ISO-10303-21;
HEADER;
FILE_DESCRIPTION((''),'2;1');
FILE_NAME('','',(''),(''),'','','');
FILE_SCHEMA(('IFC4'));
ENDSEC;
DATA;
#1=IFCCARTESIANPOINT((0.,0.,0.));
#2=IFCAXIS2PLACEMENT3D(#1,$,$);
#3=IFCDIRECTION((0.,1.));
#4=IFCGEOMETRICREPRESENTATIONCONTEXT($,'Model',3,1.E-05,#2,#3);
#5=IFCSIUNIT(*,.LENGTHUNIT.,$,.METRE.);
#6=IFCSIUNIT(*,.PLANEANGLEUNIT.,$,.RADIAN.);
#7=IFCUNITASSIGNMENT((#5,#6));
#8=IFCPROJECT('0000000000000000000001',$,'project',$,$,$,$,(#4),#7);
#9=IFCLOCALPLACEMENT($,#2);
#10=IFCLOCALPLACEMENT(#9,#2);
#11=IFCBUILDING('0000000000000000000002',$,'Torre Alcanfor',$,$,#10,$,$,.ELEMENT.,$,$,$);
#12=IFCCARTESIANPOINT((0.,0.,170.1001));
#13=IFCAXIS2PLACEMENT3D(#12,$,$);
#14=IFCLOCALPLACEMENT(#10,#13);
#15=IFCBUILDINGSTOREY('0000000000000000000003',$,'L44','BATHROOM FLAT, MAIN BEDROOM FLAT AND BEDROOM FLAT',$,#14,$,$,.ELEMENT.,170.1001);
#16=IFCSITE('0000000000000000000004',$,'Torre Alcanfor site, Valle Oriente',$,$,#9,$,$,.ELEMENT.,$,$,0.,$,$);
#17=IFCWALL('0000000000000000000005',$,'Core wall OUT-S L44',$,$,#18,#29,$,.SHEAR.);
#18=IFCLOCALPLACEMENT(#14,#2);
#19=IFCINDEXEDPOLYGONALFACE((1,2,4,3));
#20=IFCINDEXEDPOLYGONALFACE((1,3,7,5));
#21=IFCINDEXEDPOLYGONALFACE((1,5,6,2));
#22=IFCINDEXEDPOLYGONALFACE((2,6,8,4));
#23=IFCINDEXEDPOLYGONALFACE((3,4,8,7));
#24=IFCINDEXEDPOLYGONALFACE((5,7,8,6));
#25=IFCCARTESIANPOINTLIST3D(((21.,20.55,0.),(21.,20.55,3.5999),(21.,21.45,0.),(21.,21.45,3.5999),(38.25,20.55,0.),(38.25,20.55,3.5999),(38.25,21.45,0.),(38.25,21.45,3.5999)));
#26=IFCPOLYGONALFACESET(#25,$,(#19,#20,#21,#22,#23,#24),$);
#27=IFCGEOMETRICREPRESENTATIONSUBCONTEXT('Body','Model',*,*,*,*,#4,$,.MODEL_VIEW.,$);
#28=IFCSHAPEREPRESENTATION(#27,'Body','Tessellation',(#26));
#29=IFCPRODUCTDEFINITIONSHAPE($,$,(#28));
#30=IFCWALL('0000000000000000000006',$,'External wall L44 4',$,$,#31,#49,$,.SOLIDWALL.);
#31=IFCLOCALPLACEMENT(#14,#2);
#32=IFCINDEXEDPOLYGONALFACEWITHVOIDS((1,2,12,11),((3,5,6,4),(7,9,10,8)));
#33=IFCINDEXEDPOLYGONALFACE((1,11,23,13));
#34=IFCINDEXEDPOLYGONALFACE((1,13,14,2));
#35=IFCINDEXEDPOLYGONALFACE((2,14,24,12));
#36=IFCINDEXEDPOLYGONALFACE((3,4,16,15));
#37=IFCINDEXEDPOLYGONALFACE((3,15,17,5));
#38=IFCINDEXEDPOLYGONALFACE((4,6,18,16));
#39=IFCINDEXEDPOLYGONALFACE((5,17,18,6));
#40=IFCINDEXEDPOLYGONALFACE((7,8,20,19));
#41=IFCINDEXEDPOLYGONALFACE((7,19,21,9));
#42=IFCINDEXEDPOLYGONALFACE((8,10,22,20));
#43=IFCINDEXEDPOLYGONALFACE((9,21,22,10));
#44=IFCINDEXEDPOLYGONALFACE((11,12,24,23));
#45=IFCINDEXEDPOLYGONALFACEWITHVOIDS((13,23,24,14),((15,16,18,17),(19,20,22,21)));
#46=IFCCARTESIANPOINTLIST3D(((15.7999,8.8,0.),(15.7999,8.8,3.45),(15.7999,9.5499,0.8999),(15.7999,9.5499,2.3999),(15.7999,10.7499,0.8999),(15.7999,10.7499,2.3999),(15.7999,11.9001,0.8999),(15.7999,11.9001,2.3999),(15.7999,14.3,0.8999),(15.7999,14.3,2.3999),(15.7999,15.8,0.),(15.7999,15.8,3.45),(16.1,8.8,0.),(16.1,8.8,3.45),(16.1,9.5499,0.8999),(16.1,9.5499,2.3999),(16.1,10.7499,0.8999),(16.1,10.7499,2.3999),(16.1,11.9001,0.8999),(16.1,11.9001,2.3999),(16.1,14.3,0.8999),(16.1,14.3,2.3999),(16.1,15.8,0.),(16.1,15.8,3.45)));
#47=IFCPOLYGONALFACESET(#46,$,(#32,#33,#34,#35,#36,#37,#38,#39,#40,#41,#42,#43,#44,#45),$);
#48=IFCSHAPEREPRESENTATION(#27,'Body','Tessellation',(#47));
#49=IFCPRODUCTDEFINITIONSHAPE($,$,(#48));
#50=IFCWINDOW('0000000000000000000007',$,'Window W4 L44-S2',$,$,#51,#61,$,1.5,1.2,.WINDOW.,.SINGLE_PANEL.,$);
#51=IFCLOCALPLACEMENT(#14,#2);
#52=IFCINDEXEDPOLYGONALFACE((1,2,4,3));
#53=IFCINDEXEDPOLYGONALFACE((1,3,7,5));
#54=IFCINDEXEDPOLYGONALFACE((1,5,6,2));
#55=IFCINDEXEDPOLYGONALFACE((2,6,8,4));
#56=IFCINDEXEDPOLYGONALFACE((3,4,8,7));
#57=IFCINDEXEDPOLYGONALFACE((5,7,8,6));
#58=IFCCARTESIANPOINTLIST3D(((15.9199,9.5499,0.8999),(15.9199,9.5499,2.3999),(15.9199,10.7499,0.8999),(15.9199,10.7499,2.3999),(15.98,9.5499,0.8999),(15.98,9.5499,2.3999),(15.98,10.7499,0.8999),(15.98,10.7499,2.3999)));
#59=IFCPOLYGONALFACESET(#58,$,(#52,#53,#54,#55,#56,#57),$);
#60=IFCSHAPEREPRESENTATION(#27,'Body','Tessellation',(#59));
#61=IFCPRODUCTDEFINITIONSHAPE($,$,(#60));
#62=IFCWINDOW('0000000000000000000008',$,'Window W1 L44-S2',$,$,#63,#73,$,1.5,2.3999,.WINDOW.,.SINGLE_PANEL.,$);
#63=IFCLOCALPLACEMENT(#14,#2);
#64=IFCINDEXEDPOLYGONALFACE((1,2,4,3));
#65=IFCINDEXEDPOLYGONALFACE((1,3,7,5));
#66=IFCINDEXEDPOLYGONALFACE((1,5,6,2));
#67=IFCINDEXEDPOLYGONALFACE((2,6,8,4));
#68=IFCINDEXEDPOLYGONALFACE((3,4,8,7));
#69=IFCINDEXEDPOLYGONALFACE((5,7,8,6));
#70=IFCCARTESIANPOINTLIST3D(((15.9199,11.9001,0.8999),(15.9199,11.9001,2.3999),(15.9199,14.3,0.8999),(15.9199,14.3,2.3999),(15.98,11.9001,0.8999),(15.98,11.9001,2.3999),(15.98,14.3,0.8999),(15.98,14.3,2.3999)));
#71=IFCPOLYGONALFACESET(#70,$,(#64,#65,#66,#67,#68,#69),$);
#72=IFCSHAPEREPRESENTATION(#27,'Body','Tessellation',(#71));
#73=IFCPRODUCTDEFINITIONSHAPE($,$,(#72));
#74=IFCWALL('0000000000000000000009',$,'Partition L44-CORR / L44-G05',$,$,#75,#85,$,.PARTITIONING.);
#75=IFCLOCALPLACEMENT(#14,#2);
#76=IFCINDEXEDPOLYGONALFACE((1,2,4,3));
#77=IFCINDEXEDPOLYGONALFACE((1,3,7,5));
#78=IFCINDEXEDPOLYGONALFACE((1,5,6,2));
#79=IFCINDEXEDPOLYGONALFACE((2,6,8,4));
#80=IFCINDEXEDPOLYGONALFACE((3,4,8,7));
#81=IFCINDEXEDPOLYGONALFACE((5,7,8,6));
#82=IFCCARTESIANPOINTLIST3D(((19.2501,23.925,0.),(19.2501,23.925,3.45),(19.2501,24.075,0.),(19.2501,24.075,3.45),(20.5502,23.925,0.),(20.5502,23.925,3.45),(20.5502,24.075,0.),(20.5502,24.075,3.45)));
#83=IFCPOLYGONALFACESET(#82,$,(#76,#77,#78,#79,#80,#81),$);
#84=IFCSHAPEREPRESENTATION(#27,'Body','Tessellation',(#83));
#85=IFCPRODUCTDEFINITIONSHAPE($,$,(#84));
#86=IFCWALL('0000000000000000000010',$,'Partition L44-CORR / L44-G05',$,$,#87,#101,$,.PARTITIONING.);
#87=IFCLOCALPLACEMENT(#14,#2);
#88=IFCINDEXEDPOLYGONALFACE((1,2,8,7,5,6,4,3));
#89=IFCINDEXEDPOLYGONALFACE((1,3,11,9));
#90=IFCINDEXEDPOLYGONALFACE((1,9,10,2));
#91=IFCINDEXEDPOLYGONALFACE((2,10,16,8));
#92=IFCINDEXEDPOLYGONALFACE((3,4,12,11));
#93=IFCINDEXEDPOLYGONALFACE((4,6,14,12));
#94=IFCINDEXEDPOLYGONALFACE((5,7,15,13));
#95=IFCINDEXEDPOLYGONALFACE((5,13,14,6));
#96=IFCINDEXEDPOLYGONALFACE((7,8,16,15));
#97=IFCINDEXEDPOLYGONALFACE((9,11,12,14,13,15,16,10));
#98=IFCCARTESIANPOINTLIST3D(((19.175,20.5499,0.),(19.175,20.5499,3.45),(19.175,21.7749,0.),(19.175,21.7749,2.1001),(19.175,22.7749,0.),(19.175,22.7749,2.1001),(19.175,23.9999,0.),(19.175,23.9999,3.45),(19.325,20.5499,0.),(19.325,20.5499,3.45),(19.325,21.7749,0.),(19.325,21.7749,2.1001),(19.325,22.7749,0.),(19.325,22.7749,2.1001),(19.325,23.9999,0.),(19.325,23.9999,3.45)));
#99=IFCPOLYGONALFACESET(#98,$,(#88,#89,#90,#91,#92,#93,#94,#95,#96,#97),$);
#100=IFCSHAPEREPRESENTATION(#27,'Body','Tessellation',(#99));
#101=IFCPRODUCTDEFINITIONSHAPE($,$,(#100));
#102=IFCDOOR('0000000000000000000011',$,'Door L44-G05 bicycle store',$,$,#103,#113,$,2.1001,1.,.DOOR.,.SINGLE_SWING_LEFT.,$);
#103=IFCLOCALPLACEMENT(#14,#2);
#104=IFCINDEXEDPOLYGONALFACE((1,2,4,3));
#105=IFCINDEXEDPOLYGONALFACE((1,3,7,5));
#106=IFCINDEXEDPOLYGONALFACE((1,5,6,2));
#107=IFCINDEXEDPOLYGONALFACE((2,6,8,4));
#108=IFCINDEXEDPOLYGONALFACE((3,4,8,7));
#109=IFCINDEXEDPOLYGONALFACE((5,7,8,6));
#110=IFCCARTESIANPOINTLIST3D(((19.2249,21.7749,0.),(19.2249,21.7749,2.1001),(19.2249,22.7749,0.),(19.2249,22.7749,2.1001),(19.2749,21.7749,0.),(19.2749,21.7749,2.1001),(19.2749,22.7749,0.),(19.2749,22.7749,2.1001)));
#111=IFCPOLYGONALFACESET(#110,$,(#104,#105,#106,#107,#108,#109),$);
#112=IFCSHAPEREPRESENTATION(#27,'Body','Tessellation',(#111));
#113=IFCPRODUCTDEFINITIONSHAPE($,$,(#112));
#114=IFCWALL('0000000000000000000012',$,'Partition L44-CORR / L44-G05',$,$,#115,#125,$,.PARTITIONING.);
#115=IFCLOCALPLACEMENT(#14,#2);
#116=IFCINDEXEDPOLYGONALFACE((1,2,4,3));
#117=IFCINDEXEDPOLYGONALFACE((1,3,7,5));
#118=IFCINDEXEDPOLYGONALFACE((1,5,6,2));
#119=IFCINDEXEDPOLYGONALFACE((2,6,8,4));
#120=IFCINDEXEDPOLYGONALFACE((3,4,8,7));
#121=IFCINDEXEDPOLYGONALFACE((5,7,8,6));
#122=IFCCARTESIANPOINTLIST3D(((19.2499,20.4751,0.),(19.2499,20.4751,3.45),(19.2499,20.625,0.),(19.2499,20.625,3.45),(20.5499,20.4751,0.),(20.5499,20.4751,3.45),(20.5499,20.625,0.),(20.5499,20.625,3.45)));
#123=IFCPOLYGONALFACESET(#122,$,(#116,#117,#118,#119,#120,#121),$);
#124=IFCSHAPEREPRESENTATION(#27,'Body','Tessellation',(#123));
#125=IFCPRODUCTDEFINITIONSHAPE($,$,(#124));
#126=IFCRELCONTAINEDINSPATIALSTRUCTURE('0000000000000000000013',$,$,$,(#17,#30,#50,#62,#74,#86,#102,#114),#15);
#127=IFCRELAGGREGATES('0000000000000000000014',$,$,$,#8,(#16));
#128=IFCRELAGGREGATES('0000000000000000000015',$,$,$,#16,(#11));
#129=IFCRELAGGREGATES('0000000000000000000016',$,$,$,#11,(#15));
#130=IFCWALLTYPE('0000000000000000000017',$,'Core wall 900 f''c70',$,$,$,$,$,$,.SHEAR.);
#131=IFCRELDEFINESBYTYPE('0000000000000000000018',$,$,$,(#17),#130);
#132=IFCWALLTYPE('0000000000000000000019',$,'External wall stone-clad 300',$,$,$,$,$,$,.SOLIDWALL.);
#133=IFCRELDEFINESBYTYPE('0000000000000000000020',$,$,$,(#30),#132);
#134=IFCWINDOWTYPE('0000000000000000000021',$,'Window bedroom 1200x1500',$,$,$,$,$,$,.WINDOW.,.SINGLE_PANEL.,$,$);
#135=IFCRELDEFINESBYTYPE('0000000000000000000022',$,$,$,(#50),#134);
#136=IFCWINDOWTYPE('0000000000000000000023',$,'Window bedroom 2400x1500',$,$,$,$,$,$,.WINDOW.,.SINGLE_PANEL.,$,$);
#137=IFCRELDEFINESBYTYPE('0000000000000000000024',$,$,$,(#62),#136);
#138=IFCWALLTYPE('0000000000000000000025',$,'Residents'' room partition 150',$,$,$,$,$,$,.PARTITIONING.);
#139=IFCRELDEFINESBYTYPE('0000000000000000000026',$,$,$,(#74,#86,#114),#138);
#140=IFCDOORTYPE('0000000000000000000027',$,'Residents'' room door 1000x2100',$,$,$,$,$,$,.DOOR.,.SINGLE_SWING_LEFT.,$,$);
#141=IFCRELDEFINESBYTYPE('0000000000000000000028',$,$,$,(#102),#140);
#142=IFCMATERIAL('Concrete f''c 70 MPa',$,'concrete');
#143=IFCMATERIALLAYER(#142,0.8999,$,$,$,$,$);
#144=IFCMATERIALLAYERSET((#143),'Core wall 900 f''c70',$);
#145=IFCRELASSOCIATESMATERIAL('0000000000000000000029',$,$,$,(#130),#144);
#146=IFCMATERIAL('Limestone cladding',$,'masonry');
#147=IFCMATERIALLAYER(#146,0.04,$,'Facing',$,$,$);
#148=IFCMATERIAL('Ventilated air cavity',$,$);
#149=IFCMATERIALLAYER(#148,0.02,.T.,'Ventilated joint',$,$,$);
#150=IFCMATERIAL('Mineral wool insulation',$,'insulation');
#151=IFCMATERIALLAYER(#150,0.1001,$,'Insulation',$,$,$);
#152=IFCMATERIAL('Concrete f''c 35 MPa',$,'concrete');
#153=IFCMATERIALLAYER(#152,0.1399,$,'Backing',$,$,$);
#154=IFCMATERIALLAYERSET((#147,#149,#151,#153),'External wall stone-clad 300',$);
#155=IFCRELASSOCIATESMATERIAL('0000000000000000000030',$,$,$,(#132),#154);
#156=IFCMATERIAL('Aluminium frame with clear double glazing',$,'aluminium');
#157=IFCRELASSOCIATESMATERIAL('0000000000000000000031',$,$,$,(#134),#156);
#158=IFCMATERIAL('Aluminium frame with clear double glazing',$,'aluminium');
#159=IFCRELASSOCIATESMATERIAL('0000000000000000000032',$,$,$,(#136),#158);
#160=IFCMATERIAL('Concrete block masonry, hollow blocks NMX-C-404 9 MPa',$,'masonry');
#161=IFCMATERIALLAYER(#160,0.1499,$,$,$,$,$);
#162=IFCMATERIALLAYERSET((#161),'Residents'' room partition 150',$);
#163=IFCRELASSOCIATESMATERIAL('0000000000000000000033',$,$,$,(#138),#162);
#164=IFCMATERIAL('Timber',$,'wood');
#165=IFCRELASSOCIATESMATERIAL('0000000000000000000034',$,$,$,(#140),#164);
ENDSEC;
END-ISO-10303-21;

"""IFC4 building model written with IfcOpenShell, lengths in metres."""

from ifc_helpers import new_model, si_unit, direction, frame, frame_2d, origin, place, context, subcontext, project, spatial, rectangle, extrude, material, layer, layer_set, type_object, element, fill, save


model = new_model("IFC4")

# Units and contexts
model_context = context("Model", 3, precision=1e-05, world=origin(), true_north=direction((0.0, 1.0)))
body_context = subcontext(model_context, "Body", "Model", "MODEL_VIEW")
ifc_project = project(units=[si_unit("LENGTHUNIT", "METRE"), si_unit("PLANEANGLEUNIT", "RADIAN")], contexts=[model_context])

# Site, building, storey
site_placement = place(None, origin())
site = spatial("IfcSite", under=ifc_project, at=site_placement, Name="Torre Alcanfor site, Valle Oriente", CompositionType="ELEMENT", RefElevation=0.0)
building_placement = place(site_placement, origin())
building = spatial("IfcBuilding", under=site, at=building_placement, Name="Torre Alcanfor", CompositionType="ELEMENT")
storey_placement = place(building_placement, frame((0.0, 0.0, 170.1001)))
storey = spatial("IfcBuildingStorey", under=building, at=storey_placement, Name="L44", Description="BATHROOM FLAT, MAIN BEDROOM FLAT AND BEDROOM FLAT", CompositionType="ELEMENT", Elevation=170.1001)

# Wall
ifc_material_1 = material(Name="Concrete f'c 70 MPa", Category="concrete")
ifc_layer_1 = layer(ifc_material_1, 0.8999)
ifc_layer_set_1 = layer_set([ifc_layer_1], Name="Core wall 900 f'c70")
wall_type_1 = type_object("IfcWallType", Name="Core wall 900 f'c70", PredefinedType="SHEAR", material=ifc_layer_set_1)
wall_1_placement = place(storey_placement, frame((21.0, 21.0, 0.0), z_axis=(0.0, 0.0, 1.0), x_axis=(1.0, 0.0, 0.0)))
element("IfcWall", 1, at=wall_1_placement, inside=storey, type_object=wall_type_1, Name="Core wall OUT-S L44", PredefinedType="SHEAR", context=body_context, shape_type="SweptSolid", body=[
    extrude(rectangle(XDim=17.25, YDim=0.8999, at=frame_2d((8.625, 0.0))), origin(), (0.0, 0.0, 1.0), 3.5999),
])

# Wall, openings, windows
ifc_material_2 = material(Name="Limestone cladding", Category="masonry")
ifc_layer_2 = layer(ifc_material_2, 0.04, Name="Facing")
ifc_material_3 = material(Name="Ventilated air cavity")
ifc_layer_3 = layer(ifc_material_3, 0.02, ventilated=True, Name="Ventilated joint")
ifc_material_4 = material(Name="Mineral wool insulation", Category="insulation")
ifc_layer_4 = layer(ifc_material_4, 0.1001, Name="Insulation")
ifc_material_5 = material(Name="Concrete f'c 35 MPa", Category="concrete")
ifc_layer_5 = layer(ifc_material_5, 0.1399, Name="Backing")
ifc_layer_set_2 = layer_set([ifc_layer_2, ifc_layer_3, ifc_layer_4, ifc_layer_5], Name="External wall stone-clad 300")
wall_type_2 = type_object("IfcWallType", Name="External wall stone-clad 300", PredefinedType="SOLIDWALL", material=ifc_layer_set_2)
wall_2_placement = place(storey_placement, frame((15.95, 15.8, 0.0), z_axis=(0.0, 0.0, 1.0), x_axis=(0.0, -1.0, 0.0)))
wall_2 = element("IfcWall", 2, at=wall_2_placement, inside=storey, type_object=wall_type_2, Name="External wall L44 4", PredefinedType="SOLIDWALL", context=body_context, shape_type="SweptSolid", body=[
    extrude(rectangle(XDim=7.0, YDim=0.3, at=frame_2d((3.5, 0.0))), origin(), (0.0, 0.0, 1.0), 3.45),
])
opening_1_placement = place(wall_2_placement, frame((1.5, 0.0, 0.8999)))
opening_1 = element("IfcOpeningElement", 3, at=opening_1_placement, cuts=wall_2, PredefinedType="OPENING", context=body_context, shape_type="SweptSolid", body=[
    extrude(rectangle(XDim=2.3999, YDim=1.5, at=frame_2d((1.2, 0.75))), frame((0.0, 0.1599, 0.0), z_axis=(0.0, -1.0, 0.0), x_axis=(1.0, 0.0, 0.0)), (0.0, 0.0, 1.0), 0.3201),
])
opening_2_placement = place(wall_2_placement, frame((5.05, 0.0, 0.8999)))
opening_2 = element("IfcOpeningElement", 4, at=opening_2_placement, cuts=wall_2, PredefinedType="OPENING", context=body_context, shape_type="SweptSolid", body=[
    extrude(rectangle(XDim=1.2, YDim=1.5, at=frame_2d((0.6001, 0.75))), frame((0.0, 0.1599, 0.0), z_axis=(0.0, -1.0, 0.0), x_axis=(1.0, 0.0, 0.0)), (0.0, 0.0, 1.0), 0.3201),
])
ifc_material_6 = material(Name="Aluminium frame with clear double glazing", Category="aluminium")
window_type_1 = type_object("IfcWindowType", Name="Window bedroom 1200x1500", PartitioningType="SINGLE_PANEL", PredefinedType="WINDOW", material=ifc_material_6)
window_1_placement = place(opening_2_placement, origin())
window_1 = element("IfcWindow", 5, at=window_1_placement, inside=storey, type_object=window_type_1, Name="Window W4 L44-S2", OverallHeight=1.5, OverallWidth=1.2, PartitioningType="SINGLE_PANEL", PredefinedType="WINDOW", context=body_context, shape_type="SweptSolid", body=[
    extrude(rectangle(XDim=1.2, YDim=1.5, at=frame_2d((0.6001, 0.75))), frame((0.0, 0.03, 0.0), z_axis=(0.0, -1.0, 0.0), x_axis=(1.0, 0.0, 0.0)), (0.0, 0.0, 1.0), 0.0601),
])
fill(opening_2, window_1)
ifc_material_7 = material(Name="Aluminium frame with clear double glazing", Category="aluminium")
window_type_2 = type_object("IfcWindowType", Name="Window bedroom 2400x1500", PartitioningType="SINGLE_PANEL", PredefinedType="WINDOW", material=ifc_material_7)
window_2_placement = place(opening_1_placement, origin())
window_2 = element("IfcWindow", 6, at=window_2_placement, inside=storey, type_object=window_type_2, Name="Window W1 L44-S2", OverallHeight=1.5, OverallWidth=2.3999, PartitioningType="SINGLE_PANEL", PredefinedType="WINDOW", context=body_context, shape_type="SweptSolid", body=[
    extrude(rectangle(XDim=2.3999, YDim=1.5, at=frame_2d((1.2, 0.75))), frame((0.0, 0.03, 0.0), z_axis=(0.0, -1.0, 0.0), x_axis=(1.0, 0.0, 0.0)), (0.0, 0.0, 1.0), 0.0601),
])
fill(opening_1, window_2)

# Wall
ifc_material_8 = material(Name="Concrete block masonry, hollow blocks NMX-C-404 9 MPa", Category="masonry")
ifc_layer_6 = layer(ifc_material_8, 0.1499)
ifc_layer_set_3 = layer_set([ifc_layer_6], Name="Residents' room partition 150")
wall_type_3 = type_object("IfcWallType", Name="Residents' room partition 150", PredefinedType="PARTITIONING", material=ifc_layer_set_3)
wall_3_placement = place(storey_placement, frame((20.55, 24.0, 0.0), z_axis=(0.0, 0.0, 1.0), x_axis=(-1.0, 0.0, 0.0)))
element("IfcWall", 7, at=wall_3_placement, inside=storey, type_object=wall_type_3, Name="Partition L44-CORR / L44-G05", PredefinedType="PARTITIONING", context=body_context, shape_type="SweptSolid", body=[
    extrude(rectangle(XDim=1.3, YDim=0.1499, at=frame_2d((0.6499, 0.0))), origin(), (0.0, 0.0, 1.0), 3.45),
])

# Wall, opening, door
wall_4_placement = place(storey_placement, frame((19.25, 24.0, 0.0), z_axis=(0.0, 0.0, 1.0), x_axis=(0.0, -1.0, 0.0)))
wall_4 = element("IfcWall", 8, at=wall_4_placement, inside=storey, type_object=wall_type_3, Name="Partition L44-CORR / L44-G05", PredefinedType="PARTITIONING", context=body_context, shape_type="SweptSolid", body=[
    extrude(rectangle(XDim=3.45, YDim=0.1499, at=frame_2d((1.7251, 0.0))), origin(), (0.0, 0.0, 1.0), 3.45),
])
opening_3_placement = place(wall_4_placement, frame((1.2251, 0.0, 0.0)))
opening_3 = element("IfcOpeningElement", 9, at=opening_3_placement, cuts=wall_4, PredefinedType="OPENING", context=body_context, shape_type="SweptSolid", body=[
    extrude(rectangle(XDim=1.0, YDim=2.1001, at=frame_2d((0.5, 1.05))), frame((0.0, 0.085, 0.0), z_axis=(0.0, -1.0, 0.0), x_axis=(1.0, 0.0, 0.0)), (0.0, 0.0, 1.0), 0.1699),
])
ifc_material_9 = material(Name="Timber", Category="wood")
door_type_1 = type_object("IfcDoorType", Name="Residents' room door 1000x2100", OperationType="SINGLE_SWING_LEFT", PredefinedType="DOOR", material=ifc_material_9)
door_1_placement = place(opening_3_placement, origin())
door_1 = element("IfcDoor", 10, at=door_1_placement, inside=storey, type_object=door_type_1, Name="Door L44-G05 bicycle store", OperationType="SINGLE_SWING_LEFT", OverallHeight=2.1001, OverallWidth=1.0, PredefinedType="DOOR", context=body_context, shape_type="SweptSolid", body=[
    extrude(rectangle(XDim=1.0, YDim=2.1001, at=frame_2d((0.5, 1.05))), frame((0.0, 0.0249, 0.0), z_axis=(0.0, -1.0, 0.0), x_axis=(1.0, 0.0, 0.0)), (0.0, 0.0, 1.0), 0.05),
])
fill(opening_3, door_1)

# Wall
wall_5_placement = place(storey_placement, frame((19.25, 20.55, 0.0), z_axis=(0.0, 0.0, 1.0), x_axis=(1.0, 0.0, 0.0)))
element("IfcWall", 11, at=wall_5_placement, inside=storey, type_object=wall_type_3, Name="Partition L44-CORR / L44-G05", PredefinedType="PARTITIONING", context=body_context, shape_type="SweptSolid", body=[
    extrude(rectangle(XDim=1.3, YDim=0.1499, at=frame_2d((0.6499, 0.0))), origin(), (0.0, 0.0, 1.0), 3.45),
])

save(model, "model.ifc")
